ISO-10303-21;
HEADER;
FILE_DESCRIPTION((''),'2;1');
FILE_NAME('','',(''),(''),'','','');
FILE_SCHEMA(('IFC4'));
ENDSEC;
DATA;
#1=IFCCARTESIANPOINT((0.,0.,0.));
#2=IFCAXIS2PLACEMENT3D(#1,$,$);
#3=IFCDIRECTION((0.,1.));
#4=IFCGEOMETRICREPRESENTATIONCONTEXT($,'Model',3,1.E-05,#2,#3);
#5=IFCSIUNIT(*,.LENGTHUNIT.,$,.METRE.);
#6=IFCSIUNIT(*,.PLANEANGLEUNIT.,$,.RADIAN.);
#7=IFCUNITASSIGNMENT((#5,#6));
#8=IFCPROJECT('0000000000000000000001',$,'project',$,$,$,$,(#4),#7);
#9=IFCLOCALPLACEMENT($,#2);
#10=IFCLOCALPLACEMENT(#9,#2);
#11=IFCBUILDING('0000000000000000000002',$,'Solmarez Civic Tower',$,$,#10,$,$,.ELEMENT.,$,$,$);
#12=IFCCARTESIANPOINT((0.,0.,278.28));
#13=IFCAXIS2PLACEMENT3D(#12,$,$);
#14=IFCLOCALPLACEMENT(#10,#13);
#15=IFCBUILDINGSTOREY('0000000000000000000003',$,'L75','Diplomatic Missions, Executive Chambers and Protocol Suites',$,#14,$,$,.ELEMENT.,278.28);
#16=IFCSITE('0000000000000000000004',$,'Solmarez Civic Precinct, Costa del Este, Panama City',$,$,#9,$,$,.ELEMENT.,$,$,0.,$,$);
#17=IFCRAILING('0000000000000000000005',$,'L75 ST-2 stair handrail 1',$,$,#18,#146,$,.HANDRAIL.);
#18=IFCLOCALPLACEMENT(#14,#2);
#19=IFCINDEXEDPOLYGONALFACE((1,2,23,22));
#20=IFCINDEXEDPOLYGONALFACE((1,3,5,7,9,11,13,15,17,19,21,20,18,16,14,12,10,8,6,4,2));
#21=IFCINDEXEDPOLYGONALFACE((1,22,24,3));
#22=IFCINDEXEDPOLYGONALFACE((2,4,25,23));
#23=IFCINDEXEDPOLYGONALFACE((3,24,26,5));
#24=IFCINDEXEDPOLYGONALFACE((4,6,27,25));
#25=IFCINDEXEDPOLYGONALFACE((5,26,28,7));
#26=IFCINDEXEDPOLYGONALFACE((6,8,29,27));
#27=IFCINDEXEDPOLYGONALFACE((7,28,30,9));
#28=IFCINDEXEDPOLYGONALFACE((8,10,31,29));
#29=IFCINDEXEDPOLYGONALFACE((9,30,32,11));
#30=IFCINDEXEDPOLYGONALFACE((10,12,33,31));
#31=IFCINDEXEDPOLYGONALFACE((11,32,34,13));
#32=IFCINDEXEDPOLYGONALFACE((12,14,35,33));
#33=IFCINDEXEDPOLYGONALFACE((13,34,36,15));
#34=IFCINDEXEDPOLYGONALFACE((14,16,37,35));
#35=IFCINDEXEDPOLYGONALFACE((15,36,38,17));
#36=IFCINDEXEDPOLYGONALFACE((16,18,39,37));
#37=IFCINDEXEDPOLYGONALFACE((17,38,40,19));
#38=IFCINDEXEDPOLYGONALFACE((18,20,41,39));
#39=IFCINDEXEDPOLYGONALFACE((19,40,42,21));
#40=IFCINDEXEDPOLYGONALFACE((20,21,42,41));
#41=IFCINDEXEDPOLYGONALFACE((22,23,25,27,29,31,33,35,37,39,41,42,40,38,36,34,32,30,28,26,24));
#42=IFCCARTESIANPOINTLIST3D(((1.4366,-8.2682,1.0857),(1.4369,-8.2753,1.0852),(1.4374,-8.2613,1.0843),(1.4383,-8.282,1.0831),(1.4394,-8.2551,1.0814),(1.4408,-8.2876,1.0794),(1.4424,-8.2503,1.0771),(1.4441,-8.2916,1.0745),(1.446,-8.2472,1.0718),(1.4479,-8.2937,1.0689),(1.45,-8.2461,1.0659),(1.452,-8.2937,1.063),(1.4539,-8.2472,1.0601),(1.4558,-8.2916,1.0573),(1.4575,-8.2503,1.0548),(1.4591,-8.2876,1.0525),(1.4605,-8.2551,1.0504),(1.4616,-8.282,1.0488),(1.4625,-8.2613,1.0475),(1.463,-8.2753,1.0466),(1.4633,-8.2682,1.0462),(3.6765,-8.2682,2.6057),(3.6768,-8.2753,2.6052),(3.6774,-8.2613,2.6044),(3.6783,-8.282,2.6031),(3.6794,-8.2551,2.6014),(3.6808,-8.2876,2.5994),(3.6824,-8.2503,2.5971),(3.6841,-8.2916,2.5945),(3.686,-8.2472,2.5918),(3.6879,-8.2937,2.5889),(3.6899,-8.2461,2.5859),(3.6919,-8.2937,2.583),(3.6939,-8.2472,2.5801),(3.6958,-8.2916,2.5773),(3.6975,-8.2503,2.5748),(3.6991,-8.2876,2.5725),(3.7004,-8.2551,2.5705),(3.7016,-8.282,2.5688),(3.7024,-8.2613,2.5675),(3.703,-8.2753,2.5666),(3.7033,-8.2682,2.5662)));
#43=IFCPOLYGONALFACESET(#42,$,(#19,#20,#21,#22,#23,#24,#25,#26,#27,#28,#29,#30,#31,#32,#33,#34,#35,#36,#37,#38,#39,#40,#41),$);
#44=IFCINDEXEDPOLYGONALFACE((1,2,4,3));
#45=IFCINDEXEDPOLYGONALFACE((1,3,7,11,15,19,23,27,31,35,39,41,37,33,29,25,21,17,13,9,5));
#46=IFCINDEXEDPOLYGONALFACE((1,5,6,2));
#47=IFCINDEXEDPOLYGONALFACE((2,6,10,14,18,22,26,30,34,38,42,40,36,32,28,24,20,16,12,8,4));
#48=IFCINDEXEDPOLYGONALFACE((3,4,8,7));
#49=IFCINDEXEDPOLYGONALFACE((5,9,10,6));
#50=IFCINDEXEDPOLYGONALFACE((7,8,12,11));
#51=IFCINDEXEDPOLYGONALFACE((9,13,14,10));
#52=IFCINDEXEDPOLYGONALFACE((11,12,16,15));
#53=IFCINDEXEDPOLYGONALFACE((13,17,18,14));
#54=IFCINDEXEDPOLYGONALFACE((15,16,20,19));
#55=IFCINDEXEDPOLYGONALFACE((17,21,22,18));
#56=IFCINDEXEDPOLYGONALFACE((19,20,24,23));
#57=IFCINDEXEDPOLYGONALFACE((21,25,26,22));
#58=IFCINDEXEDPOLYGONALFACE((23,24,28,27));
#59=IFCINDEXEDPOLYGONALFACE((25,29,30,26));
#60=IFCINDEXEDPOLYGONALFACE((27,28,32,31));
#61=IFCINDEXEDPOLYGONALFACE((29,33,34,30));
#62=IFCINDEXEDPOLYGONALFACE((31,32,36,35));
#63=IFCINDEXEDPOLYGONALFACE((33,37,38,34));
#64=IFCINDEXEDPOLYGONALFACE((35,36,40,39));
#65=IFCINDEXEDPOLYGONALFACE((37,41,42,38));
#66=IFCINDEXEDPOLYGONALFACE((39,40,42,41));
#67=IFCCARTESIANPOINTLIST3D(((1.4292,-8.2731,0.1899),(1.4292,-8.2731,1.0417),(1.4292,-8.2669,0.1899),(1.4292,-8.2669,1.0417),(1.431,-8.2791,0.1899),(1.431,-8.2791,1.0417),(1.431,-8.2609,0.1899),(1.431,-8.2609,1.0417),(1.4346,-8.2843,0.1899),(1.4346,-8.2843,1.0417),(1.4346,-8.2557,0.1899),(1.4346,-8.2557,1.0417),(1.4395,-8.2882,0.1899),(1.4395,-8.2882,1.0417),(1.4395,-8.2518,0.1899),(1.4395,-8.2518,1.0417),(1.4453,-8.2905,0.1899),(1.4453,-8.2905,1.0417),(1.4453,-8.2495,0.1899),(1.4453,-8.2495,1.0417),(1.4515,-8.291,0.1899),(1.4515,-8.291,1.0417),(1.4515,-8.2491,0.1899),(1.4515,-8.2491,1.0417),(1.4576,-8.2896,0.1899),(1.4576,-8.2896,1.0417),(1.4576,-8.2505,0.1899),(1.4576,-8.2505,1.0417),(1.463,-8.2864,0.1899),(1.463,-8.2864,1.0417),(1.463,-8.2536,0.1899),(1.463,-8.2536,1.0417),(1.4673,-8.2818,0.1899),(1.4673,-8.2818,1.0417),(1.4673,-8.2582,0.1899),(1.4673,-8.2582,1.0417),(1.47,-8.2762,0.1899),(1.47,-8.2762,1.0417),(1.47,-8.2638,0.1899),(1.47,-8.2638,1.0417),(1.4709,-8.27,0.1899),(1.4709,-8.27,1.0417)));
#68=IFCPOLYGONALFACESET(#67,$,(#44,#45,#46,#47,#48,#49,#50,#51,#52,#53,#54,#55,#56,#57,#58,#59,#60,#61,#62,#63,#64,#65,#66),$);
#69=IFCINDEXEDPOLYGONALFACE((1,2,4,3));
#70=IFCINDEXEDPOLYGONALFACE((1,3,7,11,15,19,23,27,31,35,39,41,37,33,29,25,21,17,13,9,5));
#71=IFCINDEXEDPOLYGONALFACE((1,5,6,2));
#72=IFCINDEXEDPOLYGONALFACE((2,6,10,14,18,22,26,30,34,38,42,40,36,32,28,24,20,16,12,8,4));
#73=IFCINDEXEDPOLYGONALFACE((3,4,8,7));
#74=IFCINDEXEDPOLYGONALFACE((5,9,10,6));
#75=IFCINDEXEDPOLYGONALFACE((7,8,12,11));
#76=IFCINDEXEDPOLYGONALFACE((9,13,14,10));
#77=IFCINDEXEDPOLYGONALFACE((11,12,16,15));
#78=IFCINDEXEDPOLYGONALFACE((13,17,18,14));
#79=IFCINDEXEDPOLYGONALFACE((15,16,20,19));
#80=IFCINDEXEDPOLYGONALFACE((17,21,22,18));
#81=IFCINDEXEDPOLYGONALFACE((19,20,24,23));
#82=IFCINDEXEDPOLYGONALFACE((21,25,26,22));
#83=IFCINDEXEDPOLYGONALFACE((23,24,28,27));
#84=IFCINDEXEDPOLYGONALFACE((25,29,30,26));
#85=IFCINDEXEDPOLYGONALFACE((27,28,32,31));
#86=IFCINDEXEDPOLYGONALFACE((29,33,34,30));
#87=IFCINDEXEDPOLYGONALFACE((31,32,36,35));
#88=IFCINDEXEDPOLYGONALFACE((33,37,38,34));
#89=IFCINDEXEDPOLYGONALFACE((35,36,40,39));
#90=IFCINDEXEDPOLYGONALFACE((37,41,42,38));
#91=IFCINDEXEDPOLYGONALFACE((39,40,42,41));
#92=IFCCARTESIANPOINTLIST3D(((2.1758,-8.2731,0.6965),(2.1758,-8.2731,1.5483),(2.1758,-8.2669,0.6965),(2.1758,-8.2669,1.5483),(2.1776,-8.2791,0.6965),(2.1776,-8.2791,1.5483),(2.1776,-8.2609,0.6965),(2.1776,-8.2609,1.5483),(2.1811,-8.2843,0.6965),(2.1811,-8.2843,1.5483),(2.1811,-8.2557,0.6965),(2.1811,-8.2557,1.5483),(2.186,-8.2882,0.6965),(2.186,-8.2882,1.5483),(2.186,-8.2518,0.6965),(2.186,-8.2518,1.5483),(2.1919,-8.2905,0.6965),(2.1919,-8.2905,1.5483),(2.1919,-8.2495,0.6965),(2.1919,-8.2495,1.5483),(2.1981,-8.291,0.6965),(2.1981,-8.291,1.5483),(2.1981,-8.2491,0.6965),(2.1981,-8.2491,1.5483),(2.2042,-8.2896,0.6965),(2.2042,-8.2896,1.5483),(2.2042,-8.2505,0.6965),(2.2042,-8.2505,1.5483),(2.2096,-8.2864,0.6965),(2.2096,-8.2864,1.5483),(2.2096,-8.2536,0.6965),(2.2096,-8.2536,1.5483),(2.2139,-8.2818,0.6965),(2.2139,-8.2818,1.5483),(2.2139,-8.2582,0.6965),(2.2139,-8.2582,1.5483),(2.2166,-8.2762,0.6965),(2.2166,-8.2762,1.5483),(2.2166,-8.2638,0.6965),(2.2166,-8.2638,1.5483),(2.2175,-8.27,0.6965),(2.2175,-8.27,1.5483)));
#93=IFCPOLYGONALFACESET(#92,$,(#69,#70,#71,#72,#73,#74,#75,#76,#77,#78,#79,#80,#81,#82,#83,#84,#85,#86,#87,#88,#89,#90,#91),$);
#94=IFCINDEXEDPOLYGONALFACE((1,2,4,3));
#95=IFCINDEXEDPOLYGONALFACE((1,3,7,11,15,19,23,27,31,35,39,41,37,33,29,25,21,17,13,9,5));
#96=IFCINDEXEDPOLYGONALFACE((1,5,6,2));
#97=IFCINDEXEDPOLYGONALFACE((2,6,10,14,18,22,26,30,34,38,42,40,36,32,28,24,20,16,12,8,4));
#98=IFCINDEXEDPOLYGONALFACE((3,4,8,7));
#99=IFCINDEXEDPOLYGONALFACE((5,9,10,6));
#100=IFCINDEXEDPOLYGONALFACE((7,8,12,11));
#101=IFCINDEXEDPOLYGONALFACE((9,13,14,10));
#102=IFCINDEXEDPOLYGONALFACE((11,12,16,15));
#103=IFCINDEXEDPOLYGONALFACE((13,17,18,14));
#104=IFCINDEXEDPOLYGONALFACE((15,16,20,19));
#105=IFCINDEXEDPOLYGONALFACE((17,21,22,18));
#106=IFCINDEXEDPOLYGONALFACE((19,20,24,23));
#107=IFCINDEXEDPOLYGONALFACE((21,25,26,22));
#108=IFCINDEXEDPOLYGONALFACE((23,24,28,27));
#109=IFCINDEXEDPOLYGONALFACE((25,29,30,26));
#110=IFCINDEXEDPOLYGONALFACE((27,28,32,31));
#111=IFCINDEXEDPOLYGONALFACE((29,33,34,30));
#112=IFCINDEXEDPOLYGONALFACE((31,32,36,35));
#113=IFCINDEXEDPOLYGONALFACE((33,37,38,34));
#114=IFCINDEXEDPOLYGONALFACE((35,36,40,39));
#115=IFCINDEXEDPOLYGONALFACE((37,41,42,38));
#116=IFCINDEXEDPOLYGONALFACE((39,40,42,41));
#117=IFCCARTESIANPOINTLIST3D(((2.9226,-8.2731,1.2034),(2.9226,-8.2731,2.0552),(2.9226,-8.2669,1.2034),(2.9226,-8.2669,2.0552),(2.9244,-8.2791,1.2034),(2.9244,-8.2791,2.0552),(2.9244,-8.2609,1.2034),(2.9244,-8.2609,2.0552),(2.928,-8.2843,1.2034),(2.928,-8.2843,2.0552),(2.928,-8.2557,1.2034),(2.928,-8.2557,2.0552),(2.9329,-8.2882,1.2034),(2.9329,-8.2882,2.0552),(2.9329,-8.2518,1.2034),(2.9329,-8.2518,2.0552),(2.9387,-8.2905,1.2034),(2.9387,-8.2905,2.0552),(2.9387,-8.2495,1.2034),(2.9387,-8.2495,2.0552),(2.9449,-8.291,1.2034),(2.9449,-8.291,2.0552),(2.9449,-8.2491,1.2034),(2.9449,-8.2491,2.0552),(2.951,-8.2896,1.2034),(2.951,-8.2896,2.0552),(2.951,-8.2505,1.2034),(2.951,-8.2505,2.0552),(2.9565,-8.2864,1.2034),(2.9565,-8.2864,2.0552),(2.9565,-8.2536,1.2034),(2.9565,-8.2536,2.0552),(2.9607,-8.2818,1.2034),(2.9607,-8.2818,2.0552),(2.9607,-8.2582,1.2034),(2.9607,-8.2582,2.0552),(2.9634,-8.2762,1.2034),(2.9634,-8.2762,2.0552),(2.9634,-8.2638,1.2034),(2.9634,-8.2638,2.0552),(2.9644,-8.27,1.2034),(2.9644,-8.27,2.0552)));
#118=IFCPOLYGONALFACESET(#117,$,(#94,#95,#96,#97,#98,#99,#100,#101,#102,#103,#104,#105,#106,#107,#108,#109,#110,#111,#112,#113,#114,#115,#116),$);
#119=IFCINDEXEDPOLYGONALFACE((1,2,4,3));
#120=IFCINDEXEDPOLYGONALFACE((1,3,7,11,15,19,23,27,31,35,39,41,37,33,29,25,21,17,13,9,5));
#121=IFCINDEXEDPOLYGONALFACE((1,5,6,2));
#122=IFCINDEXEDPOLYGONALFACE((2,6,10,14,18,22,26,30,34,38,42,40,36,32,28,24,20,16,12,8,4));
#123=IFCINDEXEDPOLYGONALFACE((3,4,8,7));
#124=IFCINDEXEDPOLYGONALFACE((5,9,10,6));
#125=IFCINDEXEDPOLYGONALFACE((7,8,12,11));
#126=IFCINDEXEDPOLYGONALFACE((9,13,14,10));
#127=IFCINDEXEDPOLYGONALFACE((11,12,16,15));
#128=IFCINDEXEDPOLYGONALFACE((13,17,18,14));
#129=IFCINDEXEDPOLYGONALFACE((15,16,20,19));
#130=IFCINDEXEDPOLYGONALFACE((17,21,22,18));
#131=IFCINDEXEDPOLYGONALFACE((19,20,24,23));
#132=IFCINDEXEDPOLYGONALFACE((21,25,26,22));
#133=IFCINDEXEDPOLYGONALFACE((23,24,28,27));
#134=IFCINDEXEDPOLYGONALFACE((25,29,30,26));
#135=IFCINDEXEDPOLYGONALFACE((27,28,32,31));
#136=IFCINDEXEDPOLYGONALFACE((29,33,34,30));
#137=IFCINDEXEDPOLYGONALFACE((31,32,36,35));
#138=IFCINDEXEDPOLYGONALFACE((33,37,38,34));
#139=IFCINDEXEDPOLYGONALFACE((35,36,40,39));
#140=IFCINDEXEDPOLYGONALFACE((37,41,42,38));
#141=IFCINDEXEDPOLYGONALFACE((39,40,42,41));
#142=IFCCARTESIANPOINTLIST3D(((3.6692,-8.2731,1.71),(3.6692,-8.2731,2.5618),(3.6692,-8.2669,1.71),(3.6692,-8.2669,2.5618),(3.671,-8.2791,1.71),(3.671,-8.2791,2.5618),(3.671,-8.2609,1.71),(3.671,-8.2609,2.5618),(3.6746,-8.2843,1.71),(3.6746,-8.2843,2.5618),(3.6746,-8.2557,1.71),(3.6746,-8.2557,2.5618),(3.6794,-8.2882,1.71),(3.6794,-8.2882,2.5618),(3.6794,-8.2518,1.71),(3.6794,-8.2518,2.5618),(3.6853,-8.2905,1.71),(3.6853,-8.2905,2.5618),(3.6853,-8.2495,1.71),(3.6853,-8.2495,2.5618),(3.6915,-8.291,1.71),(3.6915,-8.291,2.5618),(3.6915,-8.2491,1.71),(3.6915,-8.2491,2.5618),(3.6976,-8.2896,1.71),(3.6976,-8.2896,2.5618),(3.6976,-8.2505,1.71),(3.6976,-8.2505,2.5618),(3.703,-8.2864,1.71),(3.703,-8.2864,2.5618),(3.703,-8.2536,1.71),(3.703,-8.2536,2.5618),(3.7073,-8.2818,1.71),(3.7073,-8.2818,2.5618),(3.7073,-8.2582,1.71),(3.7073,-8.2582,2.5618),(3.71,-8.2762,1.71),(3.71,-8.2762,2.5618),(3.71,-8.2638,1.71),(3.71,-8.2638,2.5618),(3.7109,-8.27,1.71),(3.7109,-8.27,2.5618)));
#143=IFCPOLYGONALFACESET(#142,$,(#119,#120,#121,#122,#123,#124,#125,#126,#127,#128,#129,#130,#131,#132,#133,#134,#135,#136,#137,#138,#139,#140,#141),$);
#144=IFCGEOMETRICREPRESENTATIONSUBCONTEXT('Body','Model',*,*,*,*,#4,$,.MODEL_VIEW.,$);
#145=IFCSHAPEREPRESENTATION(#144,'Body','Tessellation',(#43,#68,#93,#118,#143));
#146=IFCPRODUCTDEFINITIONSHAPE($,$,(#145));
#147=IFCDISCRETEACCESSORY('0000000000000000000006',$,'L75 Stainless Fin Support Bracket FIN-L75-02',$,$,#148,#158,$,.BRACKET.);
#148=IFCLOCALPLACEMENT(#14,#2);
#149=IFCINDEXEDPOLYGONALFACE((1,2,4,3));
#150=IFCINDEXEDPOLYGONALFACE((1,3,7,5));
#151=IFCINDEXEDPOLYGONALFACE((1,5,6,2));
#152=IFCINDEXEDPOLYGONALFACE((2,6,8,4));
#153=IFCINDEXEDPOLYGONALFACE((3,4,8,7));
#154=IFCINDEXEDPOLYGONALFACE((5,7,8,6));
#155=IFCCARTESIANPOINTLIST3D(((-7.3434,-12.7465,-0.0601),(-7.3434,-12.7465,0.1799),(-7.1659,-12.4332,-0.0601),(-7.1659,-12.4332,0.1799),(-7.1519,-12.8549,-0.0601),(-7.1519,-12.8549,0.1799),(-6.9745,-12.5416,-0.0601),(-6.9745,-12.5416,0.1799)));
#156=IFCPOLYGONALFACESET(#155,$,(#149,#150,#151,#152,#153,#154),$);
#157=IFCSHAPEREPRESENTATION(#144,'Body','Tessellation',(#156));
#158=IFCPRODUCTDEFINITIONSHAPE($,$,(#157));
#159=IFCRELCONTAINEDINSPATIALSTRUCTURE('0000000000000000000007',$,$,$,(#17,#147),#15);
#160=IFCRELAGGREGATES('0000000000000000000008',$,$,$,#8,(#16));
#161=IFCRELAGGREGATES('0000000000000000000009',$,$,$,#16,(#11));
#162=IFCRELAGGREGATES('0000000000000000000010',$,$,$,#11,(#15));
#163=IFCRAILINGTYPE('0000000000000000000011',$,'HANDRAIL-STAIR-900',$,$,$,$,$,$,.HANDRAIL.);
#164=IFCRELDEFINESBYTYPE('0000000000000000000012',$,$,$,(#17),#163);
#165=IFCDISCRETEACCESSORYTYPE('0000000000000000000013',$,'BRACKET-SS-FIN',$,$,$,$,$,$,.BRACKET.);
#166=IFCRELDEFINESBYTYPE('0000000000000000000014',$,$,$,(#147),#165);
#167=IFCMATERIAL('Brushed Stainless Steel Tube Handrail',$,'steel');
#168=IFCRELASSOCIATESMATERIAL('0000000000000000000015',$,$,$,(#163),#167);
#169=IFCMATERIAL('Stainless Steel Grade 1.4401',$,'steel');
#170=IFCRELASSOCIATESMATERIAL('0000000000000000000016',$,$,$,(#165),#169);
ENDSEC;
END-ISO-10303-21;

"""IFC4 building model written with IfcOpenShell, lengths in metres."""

from ifc_helpers import new_model, si_unit, direction, frame, origin, origin_2d, place, context, subcontext, project, spatial, rectangle, circle, extrude, material, type_object, element, save


model = new_model("IFC4")

# Units and contexts
model_context = context("Model", 3, precision=1e-05, world=origin(), true_north=direction((0.0, 1.0)))
body_context = subcontext(model_context, "Body", "Model", "MODEL_VIEW")
ifc_project = project(units=[si_unit("LENGTHUNIT", "METRE"), si_unit("PLANEANGLEUNIT", "RADIAN")], contexts=[model_context])

# Site, building, storey
site_placement = place(None, origin())
site = spatial("IfcSite", under=ifc_project, at=site_placement, Name="Solmarez Civic Precinct, Costa del Este, Panama City", CompositionType="ELEMENT", RefElevation=0.0)
building_placement = place(site_placement, origin())
building = spatial("IfcBuilding", under=site, at=building_placement, Name="Solmarez Civic Tower", CompositionType="ELEMENT")
storey_placement = place(building_placement, frame((0.0, 0.0, 278.28)))
storey = spatial("IfcBuildingStorey", under=building, at=storey_placement, Name="L75", Description="Diplomatic Missions, Executive Chambers and Protocol Suites", CompositionType="ELEMENT", Elevation=278.28)

# Railing
ifc_material_1 = material(Name="Brushed Stainless Steel Tube Handrail", Category="steel")
railing_type_1 = type_object("IfcRailingType", Name="HANDRAIL-STAIR-900", PredefinedType="HANDRAIL", material=ifc_material_1)
railing_1_placement = place(storey_placement, frame((1.45, -8.27, 0.1899)))
element("IfcRailing", 1, at=railing_1_placement, inside=storey, type_object=railing_type_1, Name="L75 ST-2 stair handrail 1", PredefinedType="HANDRAIL", context=body_context, shape_type="SweptSolid", body=[
    extrude(circle(Radius=0.0239, at=origin_2d()), frame((0.0, 0.0, 0.876), z_axis=(0.827471, 0.0, 0.561508), x_axis=(0.0, 1.0, 0.0)), (0.0, 0.0, 1.0), 2.707),
    extrude(circle(Radius=0.021, at=origin_2d()), origin(), (0.0, 0.0, 1.0), 0.8518),
    extrude(circle(Radius=0.021, at=origin_2d()), frame((0.7466, 0.0, 0.5066)), (0.0, 0.0, 1.0), 0.8518),
    extrude(circle(Radius=0.021, at=origin_2d()), frame((1.4934, 0.0, 1.0134)), (0.0, 0.0, 1.0), 0.8518),
    extrude(circle(Radius=0.021, at=origin_2d()), frame((2.24, 0.0, 1.52)), (0.0, 0.0, 1.0), 0.8518),
])

# Discrete accessory
ifc_material_2 = material(Name="Stainless Steel Grade 1.4401", Category="steel")
discrete_accessory_type = type_object("IfcDiscreteAccessoryType", Name="BRACKET-SS-FIN", PredefinedType="BRACKET", material=ifc_material_2)
discrete_accessory_placement = place(storey_placement, frame((-7.1589, -12.644, -0.0601), z_axis=(0.0, 0.0, 1.0), x_axis=(-0.492705, -0.870196, 0.0)))
element("IfcDiscreteAccessory", 2, at=discrete_accessory_placement, inside=storey, type_object=discrete_accessory_type, Name="L75 Stainless Fin Support Bracket FIN-L75-02", PredefinedType="BRACKET", context=body_context, shape_type="SweptSolid", body=[
    extrude(rectangle(XDim=0.3601, YDim=0.22, at=origin_2d()), origin(), (0.0, 0.0, 1.0), 0.24),
])

save(model, "model.ifc")
